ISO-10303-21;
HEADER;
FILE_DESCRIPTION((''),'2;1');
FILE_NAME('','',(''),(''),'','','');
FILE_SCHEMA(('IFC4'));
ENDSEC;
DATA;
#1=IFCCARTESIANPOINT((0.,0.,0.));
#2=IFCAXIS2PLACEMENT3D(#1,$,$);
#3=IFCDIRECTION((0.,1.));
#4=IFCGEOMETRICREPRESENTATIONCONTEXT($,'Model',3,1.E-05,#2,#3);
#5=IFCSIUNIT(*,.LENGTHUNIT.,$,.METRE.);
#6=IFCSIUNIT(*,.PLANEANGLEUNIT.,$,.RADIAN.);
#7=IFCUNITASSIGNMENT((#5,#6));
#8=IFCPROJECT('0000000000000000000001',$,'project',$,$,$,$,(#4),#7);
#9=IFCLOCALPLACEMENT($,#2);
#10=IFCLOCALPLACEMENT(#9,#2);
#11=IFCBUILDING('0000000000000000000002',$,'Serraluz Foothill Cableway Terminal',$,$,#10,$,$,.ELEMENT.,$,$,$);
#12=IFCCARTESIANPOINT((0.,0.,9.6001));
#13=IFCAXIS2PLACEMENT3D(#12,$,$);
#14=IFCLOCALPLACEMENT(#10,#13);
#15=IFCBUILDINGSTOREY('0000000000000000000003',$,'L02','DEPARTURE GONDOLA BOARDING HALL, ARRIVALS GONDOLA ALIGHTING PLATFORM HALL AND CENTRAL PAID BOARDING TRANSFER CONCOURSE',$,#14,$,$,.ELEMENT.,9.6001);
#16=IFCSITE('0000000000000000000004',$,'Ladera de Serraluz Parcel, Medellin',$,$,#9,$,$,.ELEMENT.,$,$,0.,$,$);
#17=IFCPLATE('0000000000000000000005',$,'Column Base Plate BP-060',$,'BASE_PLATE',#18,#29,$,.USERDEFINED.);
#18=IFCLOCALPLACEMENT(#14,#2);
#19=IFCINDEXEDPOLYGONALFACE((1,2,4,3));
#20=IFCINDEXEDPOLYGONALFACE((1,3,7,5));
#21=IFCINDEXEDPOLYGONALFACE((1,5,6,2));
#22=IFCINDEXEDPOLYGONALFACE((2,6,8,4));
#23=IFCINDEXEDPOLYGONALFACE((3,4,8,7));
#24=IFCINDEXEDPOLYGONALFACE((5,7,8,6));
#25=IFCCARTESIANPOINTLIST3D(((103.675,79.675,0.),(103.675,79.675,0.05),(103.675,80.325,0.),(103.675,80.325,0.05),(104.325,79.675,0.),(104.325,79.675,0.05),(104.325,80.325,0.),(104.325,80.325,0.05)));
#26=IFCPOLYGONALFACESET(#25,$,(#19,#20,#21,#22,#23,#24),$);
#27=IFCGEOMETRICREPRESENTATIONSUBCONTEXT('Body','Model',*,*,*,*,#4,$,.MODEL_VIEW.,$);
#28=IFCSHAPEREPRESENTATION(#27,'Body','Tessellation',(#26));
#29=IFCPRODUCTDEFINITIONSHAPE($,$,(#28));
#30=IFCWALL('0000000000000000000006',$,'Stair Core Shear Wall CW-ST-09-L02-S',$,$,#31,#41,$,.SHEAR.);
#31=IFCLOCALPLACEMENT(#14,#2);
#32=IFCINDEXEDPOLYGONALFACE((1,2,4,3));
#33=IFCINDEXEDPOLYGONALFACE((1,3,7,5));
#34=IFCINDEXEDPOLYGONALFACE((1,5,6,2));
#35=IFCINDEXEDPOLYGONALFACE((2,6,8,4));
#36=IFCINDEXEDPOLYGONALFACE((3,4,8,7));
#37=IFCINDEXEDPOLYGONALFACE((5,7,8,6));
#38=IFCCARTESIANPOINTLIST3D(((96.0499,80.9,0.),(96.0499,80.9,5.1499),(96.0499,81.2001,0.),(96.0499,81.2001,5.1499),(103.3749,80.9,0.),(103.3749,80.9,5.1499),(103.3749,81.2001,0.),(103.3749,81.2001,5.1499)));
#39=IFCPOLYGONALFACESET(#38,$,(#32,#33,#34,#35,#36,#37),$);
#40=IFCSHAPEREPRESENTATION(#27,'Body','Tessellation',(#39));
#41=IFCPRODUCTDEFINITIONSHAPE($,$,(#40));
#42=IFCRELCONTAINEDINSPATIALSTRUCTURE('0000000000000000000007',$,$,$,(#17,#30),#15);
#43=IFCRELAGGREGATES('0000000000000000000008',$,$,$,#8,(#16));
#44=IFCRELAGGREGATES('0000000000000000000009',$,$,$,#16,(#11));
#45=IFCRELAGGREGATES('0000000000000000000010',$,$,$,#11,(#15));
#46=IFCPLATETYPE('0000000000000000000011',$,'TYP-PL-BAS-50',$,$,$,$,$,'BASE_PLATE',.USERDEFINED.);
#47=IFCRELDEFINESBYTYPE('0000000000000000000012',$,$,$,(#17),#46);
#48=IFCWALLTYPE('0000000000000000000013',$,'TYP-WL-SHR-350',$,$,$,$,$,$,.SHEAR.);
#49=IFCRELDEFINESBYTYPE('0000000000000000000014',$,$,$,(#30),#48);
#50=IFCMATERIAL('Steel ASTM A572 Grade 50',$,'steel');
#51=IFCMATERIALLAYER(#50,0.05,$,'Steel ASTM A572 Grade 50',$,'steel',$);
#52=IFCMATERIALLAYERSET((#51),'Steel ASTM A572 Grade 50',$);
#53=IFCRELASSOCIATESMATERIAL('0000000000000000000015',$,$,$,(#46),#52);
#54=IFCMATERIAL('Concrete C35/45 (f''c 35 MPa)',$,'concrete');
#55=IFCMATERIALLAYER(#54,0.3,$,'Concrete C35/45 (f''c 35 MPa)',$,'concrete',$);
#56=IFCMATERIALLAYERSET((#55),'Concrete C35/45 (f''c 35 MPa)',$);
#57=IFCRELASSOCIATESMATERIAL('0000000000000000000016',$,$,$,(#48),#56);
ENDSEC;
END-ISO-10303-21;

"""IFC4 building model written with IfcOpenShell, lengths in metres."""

from ifc_helpers import new_model, si_unit, direction, frame, frame_2d, origin, origin_2d, place, context, subcontext, project, spatial, rectangle, extrude, material, layer, layer_set, type_object, element, save


model = new_model("IFC4")

# Units and contexts
model_context = context("Model", 3, precision=1e-05, world=origin(), true_north=direction((0.0, 1.0)))
body_context = subcontext(model_context, "Body", "Model", "MODEL_VIEW")
ifc_project = project(units=[si_unit("LENGTHUNIT", "METRE"), si_unit("PLANEANGLEUNIT", "RADIAN")], contexts=[model_context])

# Site, building, storey
site_placement = place(None, origin())
site = spatial("IfcSite", under=ifc_project, at=site_placement, Name="Ladera de Serraluz Parcel, Medellin", CompositionType="ELEMENT", RefElevation=0.0)
building_placement = place(site_placement, origin())
building = spatial("IfcBuilding", under=site, at=building_placement, Name="Serraluz Foothill Cableway Terminal", CompositionType="ELEMENT")
storey_placement = place(building_placement, frame((0.0, 0.0, 9.6001)))
storey = spatial("IfcBuildingStorey", under=building, at=storey_placement, Name="L02", Description="DEPARTURE GONDOLA BOARDING HALL, ARRIVALS GONDOLA ALIGHTING PLATFORM HALL AND CENTRAL PAID BOARDING TRANSFER CONCOURSE", CompositionType="ELEMENT", Elevation=9.6001)

# Plate
ifc_material_1 = material(Name="Steel ASTM A572 Grade 50", Category="steel")
ifc_layer_1 = layer(ifc_material_1, 0.05, Name="Steel ASTM A572 Grade 50", Category="steel")
ifc_layer_set_1 = layer_set([ifc_layer_1], Name="Steel ASTM A572 Grade 50")
plate_type_1 = type_object("IfcPlateType", Name="TYP-PL-BAS-50", ElementType="BASE_PLATE", PredefinedType="USERDEFINED", material=ifc_layer_set_1)
plate_1_placement = place(storey_placement, frame((104.0, 80.0, 0.0), z_axis=(0.0, 0.0, 1.0), x_axis=(1.0, 0.0, 0.0)))
element("IfcPlate", 1, at=plate_1_placement, inside=storey, type_object=plate_type_1, Name="Column Base Plate BP-060", ObjectType="BASE_PLATE", PredefinedType="USERDEFINED", context=body_context, shape_type="SweptSolid", body=[
    extrude(rectangle(XDim=0.6499, YDim=0.6499, at=origin_2d()), origin(), (0.0, 0.0, 1.0), 0.05),
])

# Wall
ifc_material_2 = material(Name="Concrete C35/45 (f'c 35 MPa)", Category="concrete")
ifc_layer_2 = layer(ifc_material_2, 0.3, Name="Concrete C35/45 (f'c 35 MPa)", Category="concrete")
ifc_layer_set_2 = layer_set([ifc_layer_2], Name="Concrete C35/45 (f'c 35 MPa)")
wall_type = type_object("IfcWallType", Name="TYP-WL-SHR-350", PredefinedType="SHEAR", material=ifc_layer_set_2)
wall_placement = place(storey_placement, frame((103.375, 81.05, 0.0), z_axis=(0.0, 0.0, 1.0), x_axis=(-1.0, 0.0, 0.0)))
element("IfcWall", 2, at=wall_placement, inside=storey, type_object=wall_type, Name="Stair Core Shear Wall CW-ST-09-L02-S", PredefinedType="SHEAR", context=body_context, shape_type="SweptSolid", body=[
    extrude(rectangle(XDim=7.325, YDim=0.3, at=frame_2d((3.6626, 0.0))), origin(), (0.0, 0.0, 1.0), 5.1499),
])

save(model, "model.ifc")
